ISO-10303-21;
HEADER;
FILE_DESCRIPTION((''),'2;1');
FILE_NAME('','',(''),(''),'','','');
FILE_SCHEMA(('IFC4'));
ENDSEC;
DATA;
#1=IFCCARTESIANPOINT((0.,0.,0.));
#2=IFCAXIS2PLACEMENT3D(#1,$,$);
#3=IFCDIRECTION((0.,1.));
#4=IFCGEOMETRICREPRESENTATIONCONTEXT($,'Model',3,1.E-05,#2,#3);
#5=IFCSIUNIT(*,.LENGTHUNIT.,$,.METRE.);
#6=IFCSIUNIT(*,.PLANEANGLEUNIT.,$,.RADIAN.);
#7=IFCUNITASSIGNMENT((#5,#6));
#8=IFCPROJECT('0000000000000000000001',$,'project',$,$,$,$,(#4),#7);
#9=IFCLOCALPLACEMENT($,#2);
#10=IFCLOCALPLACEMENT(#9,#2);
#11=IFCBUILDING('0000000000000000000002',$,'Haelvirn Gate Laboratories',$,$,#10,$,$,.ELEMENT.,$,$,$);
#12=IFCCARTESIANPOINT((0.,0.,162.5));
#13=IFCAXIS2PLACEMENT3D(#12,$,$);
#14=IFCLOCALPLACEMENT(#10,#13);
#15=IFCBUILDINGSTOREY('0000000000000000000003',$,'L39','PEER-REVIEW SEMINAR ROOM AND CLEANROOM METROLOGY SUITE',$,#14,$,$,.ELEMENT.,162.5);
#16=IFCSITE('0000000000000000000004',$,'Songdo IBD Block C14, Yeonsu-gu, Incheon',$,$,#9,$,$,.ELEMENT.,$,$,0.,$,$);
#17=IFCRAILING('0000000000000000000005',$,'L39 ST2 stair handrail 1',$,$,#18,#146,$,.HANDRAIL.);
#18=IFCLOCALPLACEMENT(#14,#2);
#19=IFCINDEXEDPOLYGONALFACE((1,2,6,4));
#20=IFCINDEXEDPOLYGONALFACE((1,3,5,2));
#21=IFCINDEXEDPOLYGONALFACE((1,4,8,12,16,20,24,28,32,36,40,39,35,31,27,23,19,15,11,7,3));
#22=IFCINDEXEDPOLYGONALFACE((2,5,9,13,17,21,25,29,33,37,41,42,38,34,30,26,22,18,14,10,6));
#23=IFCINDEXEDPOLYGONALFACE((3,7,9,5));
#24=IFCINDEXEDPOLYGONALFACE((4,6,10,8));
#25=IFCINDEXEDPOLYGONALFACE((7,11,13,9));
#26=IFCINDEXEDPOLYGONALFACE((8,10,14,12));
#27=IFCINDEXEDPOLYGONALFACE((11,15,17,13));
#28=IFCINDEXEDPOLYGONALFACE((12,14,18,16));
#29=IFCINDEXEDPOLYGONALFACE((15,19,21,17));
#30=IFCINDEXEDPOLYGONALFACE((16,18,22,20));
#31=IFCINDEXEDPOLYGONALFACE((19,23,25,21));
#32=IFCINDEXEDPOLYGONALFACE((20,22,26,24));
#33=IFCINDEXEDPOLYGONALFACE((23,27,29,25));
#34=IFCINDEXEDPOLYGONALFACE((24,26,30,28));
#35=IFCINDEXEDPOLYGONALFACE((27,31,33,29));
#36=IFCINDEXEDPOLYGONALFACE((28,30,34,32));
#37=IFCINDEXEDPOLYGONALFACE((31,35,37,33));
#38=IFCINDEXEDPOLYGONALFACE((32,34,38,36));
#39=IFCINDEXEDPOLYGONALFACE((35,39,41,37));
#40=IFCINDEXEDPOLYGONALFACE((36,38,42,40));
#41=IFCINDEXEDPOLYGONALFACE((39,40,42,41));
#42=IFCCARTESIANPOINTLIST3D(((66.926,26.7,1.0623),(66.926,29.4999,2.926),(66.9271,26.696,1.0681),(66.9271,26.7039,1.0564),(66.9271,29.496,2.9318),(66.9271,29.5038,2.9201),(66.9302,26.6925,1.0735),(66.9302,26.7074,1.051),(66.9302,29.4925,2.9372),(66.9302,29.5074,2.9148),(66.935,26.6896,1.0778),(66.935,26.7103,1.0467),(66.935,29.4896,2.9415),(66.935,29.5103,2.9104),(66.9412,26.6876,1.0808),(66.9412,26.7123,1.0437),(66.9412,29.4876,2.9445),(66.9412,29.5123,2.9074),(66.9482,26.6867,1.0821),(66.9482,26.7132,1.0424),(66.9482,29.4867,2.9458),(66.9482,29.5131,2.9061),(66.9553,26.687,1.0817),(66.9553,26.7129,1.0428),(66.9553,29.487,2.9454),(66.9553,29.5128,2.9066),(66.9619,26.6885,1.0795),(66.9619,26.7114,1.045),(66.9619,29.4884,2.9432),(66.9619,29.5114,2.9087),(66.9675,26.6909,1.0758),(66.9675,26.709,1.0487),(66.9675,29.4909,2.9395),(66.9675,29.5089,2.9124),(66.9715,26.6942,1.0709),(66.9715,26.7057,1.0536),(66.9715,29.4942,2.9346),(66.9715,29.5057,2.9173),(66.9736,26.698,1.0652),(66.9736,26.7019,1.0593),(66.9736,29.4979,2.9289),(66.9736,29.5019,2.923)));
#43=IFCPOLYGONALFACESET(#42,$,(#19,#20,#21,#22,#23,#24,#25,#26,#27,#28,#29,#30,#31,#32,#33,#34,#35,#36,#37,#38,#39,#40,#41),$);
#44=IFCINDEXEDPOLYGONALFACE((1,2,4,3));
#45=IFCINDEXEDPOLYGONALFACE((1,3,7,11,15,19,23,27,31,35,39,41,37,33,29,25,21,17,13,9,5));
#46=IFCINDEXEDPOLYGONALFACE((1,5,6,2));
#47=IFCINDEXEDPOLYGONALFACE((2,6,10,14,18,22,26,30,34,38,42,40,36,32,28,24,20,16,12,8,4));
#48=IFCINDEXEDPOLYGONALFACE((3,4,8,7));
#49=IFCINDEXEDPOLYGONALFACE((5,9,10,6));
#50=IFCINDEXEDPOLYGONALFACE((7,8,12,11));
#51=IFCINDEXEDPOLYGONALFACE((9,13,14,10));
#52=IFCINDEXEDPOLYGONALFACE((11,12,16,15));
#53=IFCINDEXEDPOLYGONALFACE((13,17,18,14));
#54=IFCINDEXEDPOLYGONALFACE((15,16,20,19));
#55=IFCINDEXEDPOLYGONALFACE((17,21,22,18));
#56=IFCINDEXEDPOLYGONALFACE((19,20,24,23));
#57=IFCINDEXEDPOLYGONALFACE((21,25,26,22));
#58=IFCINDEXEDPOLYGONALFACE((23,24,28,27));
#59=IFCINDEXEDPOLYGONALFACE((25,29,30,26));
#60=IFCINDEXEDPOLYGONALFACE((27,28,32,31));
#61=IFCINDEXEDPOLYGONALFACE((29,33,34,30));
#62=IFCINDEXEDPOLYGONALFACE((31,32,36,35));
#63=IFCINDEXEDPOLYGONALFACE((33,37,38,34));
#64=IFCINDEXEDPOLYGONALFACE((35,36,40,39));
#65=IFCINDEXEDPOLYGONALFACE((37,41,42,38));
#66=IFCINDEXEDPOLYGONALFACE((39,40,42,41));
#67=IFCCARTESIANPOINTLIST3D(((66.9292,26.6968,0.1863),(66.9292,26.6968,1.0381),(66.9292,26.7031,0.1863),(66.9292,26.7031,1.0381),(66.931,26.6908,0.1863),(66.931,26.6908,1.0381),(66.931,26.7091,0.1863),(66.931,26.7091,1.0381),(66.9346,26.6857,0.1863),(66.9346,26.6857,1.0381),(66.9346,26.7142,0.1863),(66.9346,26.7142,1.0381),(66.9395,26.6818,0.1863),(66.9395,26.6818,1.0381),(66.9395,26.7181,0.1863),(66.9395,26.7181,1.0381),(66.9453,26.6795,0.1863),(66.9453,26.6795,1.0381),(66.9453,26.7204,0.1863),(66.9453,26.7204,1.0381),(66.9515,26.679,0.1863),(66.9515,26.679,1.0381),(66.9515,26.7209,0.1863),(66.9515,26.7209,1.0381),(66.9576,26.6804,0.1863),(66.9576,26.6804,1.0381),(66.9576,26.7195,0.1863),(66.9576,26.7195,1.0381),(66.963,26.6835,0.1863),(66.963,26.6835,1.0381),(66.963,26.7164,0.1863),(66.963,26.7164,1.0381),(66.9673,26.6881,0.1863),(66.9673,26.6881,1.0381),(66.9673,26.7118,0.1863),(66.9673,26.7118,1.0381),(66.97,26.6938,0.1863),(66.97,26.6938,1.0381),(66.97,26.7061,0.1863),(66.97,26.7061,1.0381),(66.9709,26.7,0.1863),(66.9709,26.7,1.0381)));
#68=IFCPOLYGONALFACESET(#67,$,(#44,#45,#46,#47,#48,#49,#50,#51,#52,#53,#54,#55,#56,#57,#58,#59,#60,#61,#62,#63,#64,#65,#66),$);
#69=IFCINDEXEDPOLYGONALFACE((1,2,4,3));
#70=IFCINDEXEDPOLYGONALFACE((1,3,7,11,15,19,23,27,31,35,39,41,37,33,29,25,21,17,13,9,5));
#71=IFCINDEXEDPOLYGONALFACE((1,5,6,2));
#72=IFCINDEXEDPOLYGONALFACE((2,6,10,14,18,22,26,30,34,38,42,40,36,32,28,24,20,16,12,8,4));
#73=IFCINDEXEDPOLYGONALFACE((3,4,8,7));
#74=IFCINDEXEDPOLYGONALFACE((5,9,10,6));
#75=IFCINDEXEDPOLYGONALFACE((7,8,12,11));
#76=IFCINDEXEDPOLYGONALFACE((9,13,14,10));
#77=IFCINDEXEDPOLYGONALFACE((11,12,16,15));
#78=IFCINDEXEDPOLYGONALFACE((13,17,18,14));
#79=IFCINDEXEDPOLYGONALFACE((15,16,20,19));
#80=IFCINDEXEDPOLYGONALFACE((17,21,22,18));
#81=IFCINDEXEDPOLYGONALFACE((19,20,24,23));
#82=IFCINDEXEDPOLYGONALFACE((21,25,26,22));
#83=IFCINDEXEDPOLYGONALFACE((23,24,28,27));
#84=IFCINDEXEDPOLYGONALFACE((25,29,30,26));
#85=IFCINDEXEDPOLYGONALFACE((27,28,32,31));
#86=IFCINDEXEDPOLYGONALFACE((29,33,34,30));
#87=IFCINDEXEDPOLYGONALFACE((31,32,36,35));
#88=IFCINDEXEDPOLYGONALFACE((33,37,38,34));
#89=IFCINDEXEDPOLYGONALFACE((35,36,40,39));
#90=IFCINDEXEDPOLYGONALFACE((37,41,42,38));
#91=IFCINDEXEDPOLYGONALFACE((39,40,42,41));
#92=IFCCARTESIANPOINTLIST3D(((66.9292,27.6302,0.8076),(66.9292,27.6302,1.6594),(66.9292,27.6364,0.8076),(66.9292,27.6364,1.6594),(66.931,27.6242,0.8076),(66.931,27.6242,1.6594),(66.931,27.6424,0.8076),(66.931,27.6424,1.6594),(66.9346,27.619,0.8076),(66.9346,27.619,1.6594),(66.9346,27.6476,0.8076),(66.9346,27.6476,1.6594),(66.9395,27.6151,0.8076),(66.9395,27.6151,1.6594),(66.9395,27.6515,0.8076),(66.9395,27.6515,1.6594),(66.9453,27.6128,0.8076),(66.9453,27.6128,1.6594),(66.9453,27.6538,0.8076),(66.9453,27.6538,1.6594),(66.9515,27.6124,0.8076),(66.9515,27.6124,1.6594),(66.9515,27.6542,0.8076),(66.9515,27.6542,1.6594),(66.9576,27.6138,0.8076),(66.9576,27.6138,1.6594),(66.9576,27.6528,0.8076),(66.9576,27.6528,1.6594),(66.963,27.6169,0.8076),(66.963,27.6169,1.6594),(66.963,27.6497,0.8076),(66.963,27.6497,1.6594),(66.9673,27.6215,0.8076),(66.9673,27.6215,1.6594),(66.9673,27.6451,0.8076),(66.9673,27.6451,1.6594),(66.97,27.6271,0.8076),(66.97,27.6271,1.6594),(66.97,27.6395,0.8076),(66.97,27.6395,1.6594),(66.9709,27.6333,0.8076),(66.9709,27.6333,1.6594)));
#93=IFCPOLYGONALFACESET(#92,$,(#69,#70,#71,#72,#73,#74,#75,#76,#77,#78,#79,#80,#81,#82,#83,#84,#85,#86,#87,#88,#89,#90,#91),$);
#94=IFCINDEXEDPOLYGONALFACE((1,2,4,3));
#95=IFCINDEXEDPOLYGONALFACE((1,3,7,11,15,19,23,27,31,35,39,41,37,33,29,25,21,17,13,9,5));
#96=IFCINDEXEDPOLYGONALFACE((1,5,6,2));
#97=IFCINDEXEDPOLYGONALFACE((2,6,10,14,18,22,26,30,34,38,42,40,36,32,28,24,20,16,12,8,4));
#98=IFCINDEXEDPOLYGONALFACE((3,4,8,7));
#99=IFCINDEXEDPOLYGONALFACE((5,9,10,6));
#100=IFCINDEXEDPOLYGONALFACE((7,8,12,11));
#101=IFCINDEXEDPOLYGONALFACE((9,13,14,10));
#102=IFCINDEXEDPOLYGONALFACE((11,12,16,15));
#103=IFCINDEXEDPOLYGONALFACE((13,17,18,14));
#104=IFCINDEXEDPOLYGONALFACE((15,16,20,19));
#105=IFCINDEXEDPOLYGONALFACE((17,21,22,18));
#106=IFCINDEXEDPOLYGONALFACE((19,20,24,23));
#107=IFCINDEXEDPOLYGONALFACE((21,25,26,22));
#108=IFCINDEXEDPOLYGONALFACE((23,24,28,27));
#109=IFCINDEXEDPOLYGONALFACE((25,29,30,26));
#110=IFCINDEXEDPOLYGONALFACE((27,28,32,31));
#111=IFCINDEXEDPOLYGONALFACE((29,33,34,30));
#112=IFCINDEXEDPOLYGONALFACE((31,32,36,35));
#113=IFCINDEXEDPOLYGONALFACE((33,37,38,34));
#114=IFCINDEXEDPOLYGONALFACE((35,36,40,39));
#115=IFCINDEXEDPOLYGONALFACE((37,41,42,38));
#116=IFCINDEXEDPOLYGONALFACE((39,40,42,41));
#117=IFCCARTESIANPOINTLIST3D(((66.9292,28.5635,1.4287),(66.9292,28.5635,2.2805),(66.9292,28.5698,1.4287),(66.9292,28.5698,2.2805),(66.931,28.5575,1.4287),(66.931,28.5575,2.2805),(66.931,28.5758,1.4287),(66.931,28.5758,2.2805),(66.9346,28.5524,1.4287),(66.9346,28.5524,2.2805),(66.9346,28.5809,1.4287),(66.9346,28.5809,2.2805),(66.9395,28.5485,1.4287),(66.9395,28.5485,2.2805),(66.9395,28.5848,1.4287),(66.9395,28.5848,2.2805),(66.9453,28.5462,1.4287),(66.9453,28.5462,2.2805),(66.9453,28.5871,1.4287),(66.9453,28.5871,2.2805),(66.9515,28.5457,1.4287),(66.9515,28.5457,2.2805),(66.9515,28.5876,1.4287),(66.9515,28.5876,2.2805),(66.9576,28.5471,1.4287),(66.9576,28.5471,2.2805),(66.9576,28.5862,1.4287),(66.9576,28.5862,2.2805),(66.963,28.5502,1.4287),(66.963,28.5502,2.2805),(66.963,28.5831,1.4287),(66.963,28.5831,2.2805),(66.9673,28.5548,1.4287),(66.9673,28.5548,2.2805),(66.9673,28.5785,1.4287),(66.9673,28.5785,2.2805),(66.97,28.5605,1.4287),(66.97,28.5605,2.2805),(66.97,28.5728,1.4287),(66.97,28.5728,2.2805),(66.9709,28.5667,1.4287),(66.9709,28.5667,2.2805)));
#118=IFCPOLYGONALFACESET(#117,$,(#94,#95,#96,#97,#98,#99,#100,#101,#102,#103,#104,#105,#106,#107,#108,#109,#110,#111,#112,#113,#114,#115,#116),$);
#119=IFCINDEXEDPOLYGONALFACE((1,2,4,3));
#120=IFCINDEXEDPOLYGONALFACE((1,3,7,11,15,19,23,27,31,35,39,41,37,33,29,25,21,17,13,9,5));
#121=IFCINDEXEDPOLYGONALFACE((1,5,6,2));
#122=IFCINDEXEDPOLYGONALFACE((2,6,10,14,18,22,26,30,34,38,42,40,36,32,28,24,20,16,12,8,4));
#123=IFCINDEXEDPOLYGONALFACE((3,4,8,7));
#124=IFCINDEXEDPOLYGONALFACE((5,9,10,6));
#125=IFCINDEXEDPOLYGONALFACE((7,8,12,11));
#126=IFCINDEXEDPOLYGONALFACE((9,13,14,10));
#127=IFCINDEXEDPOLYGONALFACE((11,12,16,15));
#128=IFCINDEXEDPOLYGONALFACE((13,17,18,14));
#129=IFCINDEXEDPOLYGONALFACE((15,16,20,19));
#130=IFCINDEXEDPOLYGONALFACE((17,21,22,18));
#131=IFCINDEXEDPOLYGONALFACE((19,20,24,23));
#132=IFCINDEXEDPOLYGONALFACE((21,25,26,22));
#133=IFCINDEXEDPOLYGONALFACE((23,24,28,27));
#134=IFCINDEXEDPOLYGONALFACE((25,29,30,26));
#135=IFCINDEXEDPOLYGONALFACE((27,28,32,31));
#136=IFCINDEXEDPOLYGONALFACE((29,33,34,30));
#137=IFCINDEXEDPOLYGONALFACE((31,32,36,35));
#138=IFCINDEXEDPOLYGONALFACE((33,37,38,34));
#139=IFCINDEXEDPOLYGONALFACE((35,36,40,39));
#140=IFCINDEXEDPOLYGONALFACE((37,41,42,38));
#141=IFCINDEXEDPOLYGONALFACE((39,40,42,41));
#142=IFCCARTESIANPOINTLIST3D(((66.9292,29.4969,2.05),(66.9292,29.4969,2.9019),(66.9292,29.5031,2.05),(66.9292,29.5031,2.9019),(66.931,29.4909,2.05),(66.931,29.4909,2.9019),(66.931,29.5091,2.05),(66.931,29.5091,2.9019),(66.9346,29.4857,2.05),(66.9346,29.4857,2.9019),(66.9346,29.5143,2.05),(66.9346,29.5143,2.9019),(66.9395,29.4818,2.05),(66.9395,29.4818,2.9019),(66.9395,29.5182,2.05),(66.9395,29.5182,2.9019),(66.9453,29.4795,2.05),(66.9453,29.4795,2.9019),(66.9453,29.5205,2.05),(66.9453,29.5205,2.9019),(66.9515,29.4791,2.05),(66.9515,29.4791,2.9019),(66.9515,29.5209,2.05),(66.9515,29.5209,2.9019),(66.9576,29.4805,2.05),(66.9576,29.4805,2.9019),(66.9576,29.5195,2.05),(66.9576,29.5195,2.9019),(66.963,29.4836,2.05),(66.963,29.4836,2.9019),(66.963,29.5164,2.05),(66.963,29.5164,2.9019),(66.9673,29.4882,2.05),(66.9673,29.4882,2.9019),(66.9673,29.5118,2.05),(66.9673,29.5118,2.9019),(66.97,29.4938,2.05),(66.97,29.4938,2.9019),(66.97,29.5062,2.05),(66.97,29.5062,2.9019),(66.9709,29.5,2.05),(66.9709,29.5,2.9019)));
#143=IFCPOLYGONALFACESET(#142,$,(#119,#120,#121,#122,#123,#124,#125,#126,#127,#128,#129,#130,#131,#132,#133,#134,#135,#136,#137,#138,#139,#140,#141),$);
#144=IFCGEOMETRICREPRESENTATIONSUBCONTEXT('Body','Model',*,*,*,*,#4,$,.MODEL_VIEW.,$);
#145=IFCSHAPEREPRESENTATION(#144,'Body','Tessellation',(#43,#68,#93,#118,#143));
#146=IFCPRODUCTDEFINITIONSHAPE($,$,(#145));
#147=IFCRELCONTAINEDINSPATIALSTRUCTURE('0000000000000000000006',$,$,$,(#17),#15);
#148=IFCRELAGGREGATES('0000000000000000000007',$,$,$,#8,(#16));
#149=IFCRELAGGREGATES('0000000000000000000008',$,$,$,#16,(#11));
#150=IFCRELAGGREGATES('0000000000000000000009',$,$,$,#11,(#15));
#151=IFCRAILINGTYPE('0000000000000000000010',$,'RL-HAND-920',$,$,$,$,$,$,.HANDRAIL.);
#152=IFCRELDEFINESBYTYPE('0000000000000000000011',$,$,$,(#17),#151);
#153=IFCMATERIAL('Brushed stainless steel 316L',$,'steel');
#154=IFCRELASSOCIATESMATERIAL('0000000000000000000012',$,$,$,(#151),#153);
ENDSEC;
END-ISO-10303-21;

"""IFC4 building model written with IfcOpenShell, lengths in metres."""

from ifc_helpers import new_model, si_unit, direction, frame, origin, origin_2d, place, context, subcontext, project, spatial, circle, extrude, source, transform, mapped, material, type_object, element, save


model = new_model("IFC4")

# Units and contexts
model_context = context("Model", 3, precision=1e-05, world=origin(), true_north=direction((0.0, 1.0)))
body_context = subcontext(model_context, "Body", "Model", "MODEL_VIEW")
ifc_project = project(units=[si_unit("LENGTHUNIT", "METRE"), si_unit("PLANEANGLEUNIT", "RADIAN")], contexts=[model_context])

# Site, building, storey
site_placement = place(None, origin())
site = spatial("IfcSite", under=ifc_project, at=site_placement, Name="Songdo IBD Block C14, Yeonsu-gu, Incheon", CompositionType="ELEMENT", RefElevation=0.0)
building_placement = place(site_placement, origin())
building = spatial("IfcBuilding", under=site, at=building_placement, Name="Haelvirn Gate Laboratories", CompositionType="ELEMENT")
storey_placement = place(building_placement, frame((0.0, 0.0, 162.5)))
storey = spatial("IfcBuildingStorey", under=building, at=storey_placement, Name="L39", Description="PEER-REVIEW SEMINAR ROOM AND CLEANROOM METROLOGY SUITE", CompositionType="ELEMENT", Elevation=162.5)

# Railing
ifc_material_1 = material(Name="Brushed stainless steel 316L", Category="steel")
railing_type_1 = type_object("IfcRailingType", Name="RL-HAND-920", PredefinedType="HANDRAIL", material=ifc_material_1)
shared_shape_1 = source(origin(), body_context, "Body", "SweptSolid", [
    extrude(circle(Radius=0.0239, at=origin_2d()), frame((0.0, 0.0, 0.876), z_axis=(0.0, 0.832452, 0.554097), x_axis=(-1.0, 0.0, 0.0)), (0.0, 0.0, 1.0), 3.3635),
    extrude(circle(Radius=0.021, at=origin_2d()), origin(), (0.0, 0.0, 1.0), 0.8518),
    extrude(circle(Radius=0.021, at=origin_2d()), frame((0.0, 0.9333, 0.6213)), (0.0, 0.0, 1.0), 0.8518),
    extrude(circle(Radius=0.021, at=origin_2d()), frame((0.0, 1.8667, 1.2424)), (0.0, 0.0, 1.0), 0.8518),
    extrude(circle(Radius=0.021, at=origin_2d()), frame((0.0, 2.8, 1.8638)), (0.0, 0.0, 1.0), 0.8518),
])
railing_1_placement = place(storey_placement, frame((66.95, 26.7, 0.1863)))
element("IfcRailing", 1, at=railing_1_placement, inside=storey, type_object=railing_type_1, Name="L39 ST2 stair handrail 1", PredefinedType="HANDRAIL", context=body_context, shape_type="MappedRepresentation", body=[
    mapped(shared_shape_1, transform((0.0, 0.0, 0.0), scale=1.0)),
])

save(model, "model.ifc")
